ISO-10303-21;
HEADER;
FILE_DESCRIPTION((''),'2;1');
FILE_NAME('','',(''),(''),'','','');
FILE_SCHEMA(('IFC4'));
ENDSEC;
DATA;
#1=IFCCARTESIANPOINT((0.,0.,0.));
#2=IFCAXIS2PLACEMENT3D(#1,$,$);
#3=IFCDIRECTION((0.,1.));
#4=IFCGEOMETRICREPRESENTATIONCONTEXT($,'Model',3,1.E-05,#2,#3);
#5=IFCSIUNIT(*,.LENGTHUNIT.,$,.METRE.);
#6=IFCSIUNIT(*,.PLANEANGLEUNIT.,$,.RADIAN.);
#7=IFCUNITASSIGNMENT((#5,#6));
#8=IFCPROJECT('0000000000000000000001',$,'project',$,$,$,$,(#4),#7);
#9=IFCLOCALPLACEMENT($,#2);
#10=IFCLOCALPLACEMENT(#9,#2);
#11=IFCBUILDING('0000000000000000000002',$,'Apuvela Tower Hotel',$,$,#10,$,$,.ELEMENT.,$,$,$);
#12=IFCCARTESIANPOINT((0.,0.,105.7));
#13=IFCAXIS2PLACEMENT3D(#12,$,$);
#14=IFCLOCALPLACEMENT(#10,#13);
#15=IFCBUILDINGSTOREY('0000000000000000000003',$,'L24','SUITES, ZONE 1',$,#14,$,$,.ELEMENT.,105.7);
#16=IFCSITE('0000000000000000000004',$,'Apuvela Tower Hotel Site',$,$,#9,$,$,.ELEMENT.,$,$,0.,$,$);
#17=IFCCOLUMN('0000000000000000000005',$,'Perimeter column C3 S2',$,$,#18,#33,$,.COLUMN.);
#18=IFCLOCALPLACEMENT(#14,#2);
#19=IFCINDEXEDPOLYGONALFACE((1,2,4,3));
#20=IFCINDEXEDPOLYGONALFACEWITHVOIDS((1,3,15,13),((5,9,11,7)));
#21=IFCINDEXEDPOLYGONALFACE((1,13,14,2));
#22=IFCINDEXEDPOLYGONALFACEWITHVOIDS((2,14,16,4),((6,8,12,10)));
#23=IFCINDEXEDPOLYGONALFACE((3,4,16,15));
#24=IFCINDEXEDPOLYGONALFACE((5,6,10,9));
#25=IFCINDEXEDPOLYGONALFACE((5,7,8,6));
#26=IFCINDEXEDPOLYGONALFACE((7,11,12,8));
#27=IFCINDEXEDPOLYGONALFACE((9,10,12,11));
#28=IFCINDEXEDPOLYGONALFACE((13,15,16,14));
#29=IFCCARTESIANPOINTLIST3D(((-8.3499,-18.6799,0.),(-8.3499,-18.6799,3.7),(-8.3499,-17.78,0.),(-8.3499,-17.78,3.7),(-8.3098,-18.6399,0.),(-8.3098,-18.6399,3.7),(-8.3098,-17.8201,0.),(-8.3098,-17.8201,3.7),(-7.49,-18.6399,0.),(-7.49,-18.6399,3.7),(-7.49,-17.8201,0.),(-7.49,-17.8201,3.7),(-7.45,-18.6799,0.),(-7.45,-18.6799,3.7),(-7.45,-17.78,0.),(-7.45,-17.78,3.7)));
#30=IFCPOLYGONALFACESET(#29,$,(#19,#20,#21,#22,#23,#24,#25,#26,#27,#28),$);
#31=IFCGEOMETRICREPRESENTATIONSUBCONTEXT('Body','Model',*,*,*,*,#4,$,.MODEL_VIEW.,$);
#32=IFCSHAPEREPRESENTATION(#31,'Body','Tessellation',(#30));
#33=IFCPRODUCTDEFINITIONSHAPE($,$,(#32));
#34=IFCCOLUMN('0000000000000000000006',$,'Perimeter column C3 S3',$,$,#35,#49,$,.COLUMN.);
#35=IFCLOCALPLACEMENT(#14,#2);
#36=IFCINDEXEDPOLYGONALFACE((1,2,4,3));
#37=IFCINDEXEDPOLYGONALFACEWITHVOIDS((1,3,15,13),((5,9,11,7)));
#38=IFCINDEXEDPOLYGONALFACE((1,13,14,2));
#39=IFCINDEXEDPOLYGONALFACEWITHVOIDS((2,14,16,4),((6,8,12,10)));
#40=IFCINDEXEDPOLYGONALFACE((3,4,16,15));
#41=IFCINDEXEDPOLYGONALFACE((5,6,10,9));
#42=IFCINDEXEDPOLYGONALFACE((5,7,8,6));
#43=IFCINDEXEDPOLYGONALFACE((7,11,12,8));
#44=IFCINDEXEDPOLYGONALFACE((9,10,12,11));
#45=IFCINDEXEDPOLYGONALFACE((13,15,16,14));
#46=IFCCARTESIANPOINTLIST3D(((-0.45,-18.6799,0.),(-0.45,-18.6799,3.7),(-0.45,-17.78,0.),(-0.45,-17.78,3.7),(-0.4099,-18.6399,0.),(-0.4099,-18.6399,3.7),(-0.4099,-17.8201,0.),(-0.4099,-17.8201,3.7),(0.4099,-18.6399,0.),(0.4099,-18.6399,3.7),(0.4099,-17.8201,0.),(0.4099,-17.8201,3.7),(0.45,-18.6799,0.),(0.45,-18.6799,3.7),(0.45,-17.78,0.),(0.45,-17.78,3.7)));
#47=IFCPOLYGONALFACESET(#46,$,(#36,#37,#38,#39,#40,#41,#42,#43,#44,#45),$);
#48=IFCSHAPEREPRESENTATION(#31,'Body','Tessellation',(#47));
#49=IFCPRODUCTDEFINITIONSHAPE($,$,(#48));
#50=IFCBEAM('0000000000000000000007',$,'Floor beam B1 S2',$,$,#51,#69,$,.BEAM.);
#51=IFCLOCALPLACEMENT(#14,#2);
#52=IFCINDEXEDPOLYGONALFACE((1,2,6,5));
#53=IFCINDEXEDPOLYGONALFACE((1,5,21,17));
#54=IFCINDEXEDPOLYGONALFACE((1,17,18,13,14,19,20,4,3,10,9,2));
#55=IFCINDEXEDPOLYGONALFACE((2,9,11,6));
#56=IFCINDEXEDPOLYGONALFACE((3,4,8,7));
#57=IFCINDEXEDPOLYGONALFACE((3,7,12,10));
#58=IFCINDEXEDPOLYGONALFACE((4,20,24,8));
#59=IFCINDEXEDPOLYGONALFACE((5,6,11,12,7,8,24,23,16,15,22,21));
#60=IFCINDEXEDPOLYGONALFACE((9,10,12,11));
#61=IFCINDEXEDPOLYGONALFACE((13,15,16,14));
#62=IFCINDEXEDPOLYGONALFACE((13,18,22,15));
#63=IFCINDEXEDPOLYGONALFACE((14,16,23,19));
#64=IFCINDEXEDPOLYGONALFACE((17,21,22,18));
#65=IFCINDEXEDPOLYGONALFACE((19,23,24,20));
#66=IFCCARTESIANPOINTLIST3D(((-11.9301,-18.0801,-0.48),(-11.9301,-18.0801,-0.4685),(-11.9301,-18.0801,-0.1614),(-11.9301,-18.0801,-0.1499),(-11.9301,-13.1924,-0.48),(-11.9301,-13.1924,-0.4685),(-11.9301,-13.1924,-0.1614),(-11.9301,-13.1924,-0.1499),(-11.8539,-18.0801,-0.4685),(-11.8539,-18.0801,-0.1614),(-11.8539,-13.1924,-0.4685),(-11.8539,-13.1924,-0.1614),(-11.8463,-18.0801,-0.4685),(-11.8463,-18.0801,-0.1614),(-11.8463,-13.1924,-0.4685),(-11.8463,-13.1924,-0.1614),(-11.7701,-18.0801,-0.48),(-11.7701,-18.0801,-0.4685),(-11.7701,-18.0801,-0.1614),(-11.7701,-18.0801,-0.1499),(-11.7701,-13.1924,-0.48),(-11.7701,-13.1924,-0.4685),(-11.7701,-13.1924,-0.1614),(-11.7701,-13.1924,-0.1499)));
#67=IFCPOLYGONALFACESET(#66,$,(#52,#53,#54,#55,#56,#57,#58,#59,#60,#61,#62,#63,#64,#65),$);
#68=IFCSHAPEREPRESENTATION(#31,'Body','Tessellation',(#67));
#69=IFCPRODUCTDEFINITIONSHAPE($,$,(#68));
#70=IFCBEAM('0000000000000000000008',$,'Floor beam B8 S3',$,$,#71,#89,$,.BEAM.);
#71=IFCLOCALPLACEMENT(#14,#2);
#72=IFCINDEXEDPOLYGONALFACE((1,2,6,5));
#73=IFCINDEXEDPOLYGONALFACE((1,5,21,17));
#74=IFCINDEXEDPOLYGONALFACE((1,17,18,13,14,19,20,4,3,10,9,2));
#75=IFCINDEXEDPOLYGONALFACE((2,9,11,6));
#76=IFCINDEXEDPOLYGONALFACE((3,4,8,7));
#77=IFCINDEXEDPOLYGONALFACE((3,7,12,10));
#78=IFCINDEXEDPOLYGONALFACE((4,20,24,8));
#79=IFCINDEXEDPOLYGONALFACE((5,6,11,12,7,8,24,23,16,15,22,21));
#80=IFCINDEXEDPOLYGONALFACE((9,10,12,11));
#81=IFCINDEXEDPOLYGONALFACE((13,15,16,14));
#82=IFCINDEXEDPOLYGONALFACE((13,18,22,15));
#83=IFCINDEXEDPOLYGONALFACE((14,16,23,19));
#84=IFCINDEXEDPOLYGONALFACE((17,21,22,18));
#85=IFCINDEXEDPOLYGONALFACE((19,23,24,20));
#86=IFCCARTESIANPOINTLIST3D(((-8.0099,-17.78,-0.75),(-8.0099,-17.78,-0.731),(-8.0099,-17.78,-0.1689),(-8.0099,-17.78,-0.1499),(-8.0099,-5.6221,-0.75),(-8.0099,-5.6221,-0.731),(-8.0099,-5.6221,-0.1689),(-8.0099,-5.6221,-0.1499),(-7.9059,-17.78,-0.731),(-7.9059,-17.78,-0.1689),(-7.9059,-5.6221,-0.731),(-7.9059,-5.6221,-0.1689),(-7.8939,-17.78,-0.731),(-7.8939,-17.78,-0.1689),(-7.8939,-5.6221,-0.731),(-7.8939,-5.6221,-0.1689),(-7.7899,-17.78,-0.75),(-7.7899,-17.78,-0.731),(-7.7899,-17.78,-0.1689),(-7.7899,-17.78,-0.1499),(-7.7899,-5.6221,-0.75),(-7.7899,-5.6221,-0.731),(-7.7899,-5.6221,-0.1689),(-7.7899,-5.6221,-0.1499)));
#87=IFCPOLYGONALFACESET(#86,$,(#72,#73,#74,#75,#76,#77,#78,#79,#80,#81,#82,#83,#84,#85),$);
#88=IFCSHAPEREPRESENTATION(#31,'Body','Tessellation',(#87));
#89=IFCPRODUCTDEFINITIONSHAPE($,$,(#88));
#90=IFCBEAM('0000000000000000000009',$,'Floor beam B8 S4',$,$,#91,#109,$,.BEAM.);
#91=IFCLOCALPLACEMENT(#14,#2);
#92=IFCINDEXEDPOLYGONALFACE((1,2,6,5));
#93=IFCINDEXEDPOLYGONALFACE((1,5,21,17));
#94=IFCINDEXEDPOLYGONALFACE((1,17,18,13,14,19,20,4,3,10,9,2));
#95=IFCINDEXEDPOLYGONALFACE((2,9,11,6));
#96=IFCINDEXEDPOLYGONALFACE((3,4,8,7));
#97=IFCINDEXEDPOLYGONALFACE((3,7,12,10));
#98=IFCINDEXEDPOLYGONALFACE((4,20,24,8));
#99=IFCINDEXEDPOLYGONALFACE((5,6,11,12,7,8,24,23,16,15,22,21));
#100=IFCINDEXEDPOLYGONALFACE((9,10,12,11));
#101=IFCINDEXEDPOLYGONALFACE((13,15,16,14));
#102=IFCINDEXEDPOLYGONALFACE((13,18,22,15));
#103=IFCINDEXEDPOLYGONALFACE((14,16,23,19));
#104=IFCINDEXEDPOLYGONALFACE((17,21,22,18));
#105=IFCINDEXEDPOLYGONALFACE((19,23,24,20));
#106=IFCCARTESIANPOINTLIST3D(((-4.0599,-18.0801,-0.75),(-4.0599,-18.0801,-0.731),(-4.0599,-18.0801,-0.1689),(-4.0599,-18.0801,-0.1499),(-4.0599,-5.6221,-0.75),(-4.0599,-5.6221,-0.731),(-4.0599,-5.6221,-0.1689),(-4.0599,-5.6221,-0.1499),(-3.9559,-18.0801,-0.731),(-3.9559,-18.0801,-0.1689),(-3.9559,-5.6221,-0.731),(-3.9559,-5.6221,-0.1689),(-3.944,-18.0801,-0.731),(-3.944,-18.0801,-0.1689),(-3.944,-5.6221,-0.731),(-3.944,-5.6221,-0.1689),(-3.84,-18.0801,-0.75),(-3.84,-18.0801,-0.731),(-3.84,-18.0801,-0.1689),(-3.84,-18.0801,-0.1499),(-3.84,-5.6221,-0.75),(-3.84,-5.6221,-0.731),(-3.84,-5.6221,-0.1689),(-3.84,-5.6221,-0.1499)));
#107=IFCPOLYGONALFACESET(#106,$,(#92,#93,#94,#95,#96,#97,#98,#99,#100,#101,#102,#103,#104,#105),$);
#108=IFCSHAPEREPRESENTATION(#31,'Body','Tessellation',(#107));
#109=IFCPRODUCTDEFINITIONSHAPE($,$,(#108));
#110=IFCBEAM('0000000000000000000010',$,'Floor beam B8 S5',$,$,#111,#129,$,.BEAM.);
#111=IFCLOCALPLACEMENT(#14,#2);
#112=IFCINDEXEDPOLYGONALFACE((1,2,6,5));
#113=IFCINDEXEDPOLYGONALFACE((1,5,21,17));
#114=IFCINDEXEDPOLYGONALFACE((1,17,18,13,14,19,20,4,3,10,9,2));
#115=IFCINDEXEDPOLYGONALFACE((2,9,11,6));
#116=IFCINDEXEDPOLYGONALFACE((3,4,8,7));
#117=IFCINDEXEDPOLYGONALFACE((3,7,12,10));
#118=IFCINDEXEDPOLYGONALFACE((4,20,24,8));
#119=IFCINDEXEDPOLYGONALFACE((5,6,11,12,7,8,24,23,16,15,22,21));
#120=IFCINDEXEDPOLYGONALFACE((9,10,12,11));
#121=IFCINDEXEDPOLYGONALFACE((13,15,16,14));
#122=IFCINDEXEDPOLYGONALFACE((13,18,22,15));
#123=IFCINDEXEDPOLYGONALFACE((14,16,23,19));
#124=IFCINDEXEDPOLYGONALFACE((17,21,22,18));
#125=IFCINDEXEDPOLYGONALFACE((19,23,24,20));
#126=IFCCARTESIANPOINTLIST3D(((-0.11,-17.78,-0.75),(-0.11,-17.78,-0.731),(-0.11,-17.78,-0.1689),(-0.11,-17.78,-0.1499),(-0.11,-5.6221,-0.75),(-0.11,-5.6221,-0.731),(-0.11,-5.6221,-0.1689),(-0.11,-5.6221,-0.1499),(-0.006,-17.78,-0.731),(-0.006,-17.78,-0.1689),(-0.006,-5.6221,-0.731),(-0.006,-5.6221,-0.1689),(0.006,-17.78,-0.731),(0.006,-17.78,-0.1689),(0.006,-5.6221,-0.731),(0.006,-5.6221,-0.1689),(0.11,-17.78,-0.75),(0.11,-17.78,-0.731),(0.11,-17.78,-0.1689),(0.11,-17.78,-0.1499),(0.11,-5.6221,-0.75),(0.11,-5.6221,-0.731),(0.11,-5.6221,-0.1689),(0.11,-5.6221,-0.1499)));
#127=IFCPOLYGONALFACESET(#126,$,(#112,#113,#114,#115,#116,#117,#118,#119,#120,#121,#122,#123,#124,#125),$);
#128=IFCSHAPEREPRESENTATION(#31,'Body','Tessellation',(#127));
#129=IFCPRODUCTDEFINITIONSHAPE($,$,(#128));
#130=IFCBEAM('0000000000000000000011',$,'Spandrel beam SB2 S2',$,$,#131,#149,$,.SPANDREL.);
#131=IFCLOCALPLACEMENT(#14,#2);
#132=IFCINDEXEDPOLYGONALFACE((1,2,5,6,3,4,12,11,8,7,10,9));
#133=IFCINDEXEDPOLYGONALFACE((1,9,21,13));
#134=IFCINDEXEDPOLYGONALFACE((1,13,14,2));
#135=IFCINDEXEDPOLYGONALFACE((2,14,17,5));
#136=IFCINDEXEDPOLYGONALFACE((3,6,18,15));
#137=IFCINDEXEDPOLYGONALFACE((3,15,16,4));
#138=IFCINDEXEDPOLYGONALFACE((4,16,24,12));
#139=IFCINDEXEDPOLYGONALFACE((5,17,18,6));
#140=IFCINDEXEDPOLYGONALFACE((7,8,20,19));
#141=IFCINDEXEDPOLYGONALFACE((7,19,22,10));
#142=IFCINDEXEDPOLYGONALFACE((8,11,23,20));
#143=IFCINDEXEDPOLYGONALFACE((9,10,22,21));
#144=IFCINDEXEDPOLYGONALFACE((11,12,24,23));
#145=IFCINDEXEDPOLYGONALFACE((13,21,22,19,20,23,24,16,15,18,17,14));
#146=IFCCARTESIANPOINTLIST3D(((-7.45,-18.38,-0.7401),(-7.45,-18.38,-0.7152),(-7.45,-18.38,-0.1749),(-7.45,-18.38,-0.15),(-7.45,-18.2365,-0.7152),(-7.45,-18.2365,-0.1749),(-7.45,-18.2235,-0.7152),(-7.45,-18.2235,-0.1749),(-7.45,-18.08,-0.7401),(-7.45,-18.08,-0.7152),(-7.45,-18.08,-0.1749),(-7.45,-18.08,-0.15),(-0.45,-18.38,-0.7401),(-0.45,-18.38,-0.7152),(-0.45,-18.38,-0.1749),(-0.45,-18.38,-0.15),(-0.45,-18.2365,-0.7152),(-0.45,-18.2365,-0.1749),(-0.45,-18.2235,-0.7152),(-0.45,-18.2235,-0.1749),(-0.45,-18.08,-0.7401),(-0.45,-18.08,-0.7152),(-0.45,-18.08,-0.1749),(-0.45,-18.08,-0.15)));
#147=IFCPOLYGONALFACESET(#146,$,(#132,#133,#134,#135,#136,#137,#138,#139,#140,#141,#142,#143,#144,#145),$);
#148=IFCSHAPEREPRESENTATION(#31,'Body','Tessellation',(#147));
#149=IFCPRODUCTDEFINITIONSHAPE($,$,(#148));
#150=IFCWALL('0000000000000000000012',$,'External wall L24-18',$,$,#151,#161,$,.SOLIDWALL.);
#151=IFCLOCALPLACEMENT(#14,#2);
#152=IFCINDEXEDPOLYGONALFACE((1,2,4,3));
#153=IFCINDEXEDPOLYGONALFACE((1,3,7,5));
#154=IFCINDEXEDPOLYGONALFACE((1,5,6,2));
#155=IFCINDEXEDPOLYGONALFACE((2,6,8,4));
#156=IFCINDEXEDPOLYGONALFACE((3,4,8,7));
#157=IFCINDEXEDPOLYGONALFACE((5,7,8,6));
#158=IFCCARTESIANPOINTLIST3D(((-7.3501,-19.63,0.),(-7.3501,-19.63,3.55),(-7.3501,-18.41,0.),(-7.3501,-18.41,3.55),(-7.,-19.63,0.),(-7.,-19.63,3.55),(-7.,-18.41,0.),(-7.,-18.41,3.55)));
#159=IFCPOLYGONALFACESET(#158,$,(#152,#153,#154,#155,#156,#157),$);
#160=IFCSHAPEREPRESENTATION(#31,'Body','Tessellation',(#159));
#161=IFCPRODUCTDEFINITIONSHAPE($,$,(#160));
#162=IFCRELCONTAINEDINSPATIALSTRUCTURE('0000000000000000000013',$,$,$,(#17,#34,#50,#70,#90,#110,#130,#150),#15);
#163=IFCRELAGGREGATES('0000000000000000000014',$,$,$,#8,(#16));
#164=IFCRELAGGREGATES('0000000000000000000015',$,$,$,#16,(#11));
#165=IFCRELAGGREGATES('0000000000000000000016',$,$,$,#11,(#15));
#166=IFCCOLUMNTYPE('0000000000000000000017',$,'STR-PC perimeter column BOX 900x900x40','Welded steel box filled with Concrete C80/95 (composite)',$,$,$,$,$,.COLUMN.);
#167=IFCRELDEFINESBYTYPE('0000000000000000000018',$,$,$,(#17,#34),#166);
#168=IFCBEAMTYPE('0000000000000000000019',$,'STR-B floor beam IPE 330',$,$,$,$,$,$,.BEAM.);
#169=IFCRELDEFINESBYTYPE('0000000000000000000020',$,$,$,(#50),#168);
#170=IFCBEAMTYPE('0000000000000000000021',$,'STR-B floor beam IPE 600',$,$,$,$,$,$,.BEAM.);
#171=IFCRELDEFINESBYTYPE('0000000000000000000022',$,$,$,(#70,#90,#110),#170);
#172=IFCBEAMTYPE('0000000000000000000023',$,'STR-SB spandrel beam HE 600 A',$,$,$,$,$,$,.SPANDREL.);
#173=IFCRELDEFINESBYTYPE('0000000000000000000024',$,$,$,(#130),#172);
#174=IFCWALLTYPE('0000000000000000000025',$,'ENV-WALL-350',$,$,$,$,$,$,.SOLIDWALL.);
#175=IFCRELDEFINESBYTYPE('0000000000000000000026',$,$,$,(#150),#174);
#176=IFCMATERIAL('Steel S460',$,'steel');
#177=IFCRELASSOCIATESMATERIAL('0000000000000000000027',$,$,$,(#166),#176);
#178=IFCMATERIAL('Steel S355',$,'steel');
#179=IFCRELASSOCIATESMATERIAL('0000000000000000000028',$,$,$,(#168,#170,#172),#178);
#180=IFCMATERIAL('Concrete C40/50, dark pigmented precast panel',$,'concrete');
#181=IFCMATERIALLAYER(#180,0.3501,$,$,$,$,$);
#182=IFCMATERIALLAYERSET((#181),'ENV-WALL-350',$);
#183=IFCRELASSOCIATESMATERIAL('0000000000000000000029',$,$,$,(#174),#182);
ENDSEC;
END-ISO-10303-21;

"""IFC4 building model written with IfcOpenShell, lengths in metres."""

from ifc_helpers import new_model, si_unit, direction, frame, frame_2d, origin, origin_2d, place, context, subcontext, project, spatial, rectangle, hollow_rectangle, i_section, extrude, material, layer, layer_set, material_profile, profile_set, type_object, element, save


model = new_model("IFC4")

# Units and contexts
model_context = context("Model", 3, precision=1e-05, world=origin(), true_north=direction((0.0, 1.0)))
body_context = subcontext(model_context, "Body", "Model", "MODEL_VIEW")
ifc_project = project(units=[si_unit("LENGTHUNIT", "METRE"), si_unit("PLANEANGLEUNIT", "RADIAN")], contexts=[model_context])

# Site, building, storey
site_placement = place(None, origin())
site = spatial("IfcSite", under=ifc_project, at=site_placement, Name="Apuvela Tower Hotel Site", CompositionType="ELEMENT", RefElevation=0.0)
building_placement = place(site_placement, origin())
building = spatial("IfcBuilding", under=site, at=building_placement, Name="Apuvela Tower Hotel", CompositionType="ELEMENT")
storey_placement = place(building_placement, frame((0.0, 0.0, 105.7)))
storey = spatial("IfcBuildingStorey", under=building, at=storey_placement, Name="L24", Description="SUITES, ZONE 1", CompositionType="ELEMENT", Elevation=105.7)

# Columns
ifc_material_1 = material(Name="Steel S460", Category="steel")
ifc_material_profile_1 = material_profile(ifc_material_1, hollow_rectangle(XDim=0.8999, YDim=0.8999, WallThickness=0.04, at=origin_2d()), Name="BOX 900x900x40")
ifc_material_2 = material(Name="Concrete C80/95", Category="concrete")
ifc_material_profile_2 = material_profile(ifc_material_2, rectangle(XDim=0.8201, YDim=0.8201, at=origin_2d()), Name="Concrete C80/95 infill")
ifc_profile_set_1 = profile_set([ifc_material_profile_1, ifc_material_profile_2], Name="Steel S460")
column_type = type_object("IfcColumnType", Name="STR-PC perimeter column BOX 900x900x40", Description="Welded steel box filled with Concrete C80/95 (composite)", PredefinedType="COLUMN", material=ifc_profile_set_1)
for number, where, z_axis, x_axis, name in (
    (1, (-7.8999, -18.23, 0.0), (0.0, 0.0, 1.0), (-1.0, 0.0, 0.0), "Perimeter column C3 S2"),
    (2, (0.0, -18.23, 0.0), (0.0, 0.0, 1.0), (-1.0, 0.0, 0.0), "Perimeter column C3 S3"),
):
    element("IfcColumn", number, at=place(storey_placement, frame(where, z_axis=z_axis, x_axis=x_axis)), inside=storey, type_object=column_type, Name=name, PredefinedType="COLUMN", context=body_context, shape_type="SweptSolid", body=[
        extrude(hollow_rectangle(XDim=0.8999, YDim=0.8999, WallThickness=0.04, at=origin_2d()), origin(), (0.0, 0.0, 1.0), 3.7),
    ])

# Beams
ifc_material_3 = material(Name="Steel S355", Category="steel")
ifc_material_profile_3 = material_profile(ifc_material_3, i_section(OverallWidth=0.1599, OverallDepth=0.3301, WebThickness=0.0076, FlangeThickness=0.0115, at=origin_2d()), Name="IPE 330")
ifc_profile_set_2 = profile_set([ifc_material_profile_3], Name="Steel S355")
beam_type_1 = type_object("IfcBeamType", Name="STR-B floor beam IPE 330", PredefinedType="BEAM", material=ifc_profile_set_2)
beam_1_placement = place(storey_placement, frame((-11.8501, -18.0801, -0.3149), z_axis=(0.0, 1.0, 0.0), x_axis=(-1.0, 0.0, 0.0)))
element("IfcBeam", 3, at=beam_1_placement, inside=storey, type_object=beam_type_1, Name="Floor beam B1 S2", PredefinedType="BEAM", context=body_context, shape_type="SweptSolid", body=[
    extrude(i_section(OverallWidth=0.1599, OverallDepth=0.3301, WebThickness=0.0076, FlangeThickness=0.0115, at=origin_2d()), origin(), (0.0, 0.0, 1.0), 4.8877),
])
ifc_material_profile_4 = material_profile(ifc_material_3, i_section(OverallWidth=0.22, OverallDepth=0.6001, WebThickness=0.012, FlangeThickness=0.019, at=origin_2d()), Name="IPE 600")
ifc_profile_set_3 = profile_set([ifc_material_profile_4], Name="Steel S355")
beam_type_2 = type_object("IfcBeamType", Name="STR-B floor beam IPE 600", PredefinedType="BEAM", material=ifc_profile_set_3)
beam_2_placement = place(storey_placement, frame((-7.8999, -17.78, -0.45), z_axis=(0.0, 1.0, 0.0), x_axis=(-1.0, 0.0, 0.0)))
element("IfcBeam", 4, at=beam_2_placement, inside=storey, type_object=beam_type_2, Name="Floor beam B8 S3", PredefinedType="BEAM", context=body_context, shape_type="SweptSolid", body=[
    extrude(i_section(OverallWidth=0.22, OverallDepth=0.6001, WebThickness=0.012, FlangeThickness=0.019, at=origin_2d()), origin(), (0.0, 0.0, 1.0), 12.158),
])
beam_3_placement = place(storey_placement, frame((-3.95, -18.0801, -0.45), z_axis=(0.0, 1.0, 0.0), x_axis=(-1.0, 0.0, 0.0)))
element("IfcBeam", 5, at=beam_3_placement, inside=storey, type_object=beam_type_2, Name="Floor beam B8 S4", PredefinedType="BEAM", context=body_context, shape_type="SweptSolid", body=[
    extrude(i_section(OverallWidth=0.22, OverallDepth=0.6001, WebThickness=0.012, FlangeThickness=0.019, at=origin_2d()), origin(), (0.0, 0.0, 1.0), 12.458),
])
beam_4_placement = place(storey_placement, frame((0.0, -17.78, -0.45), z_axis=(0.0, 1.0, 0.0), x_axis=(-1.0, 0.0, 0.0)))
element("IfcBeam", 6, at=beam_4_placement, inside=storey, type_object=beam_type_2, Name="Floor beam B8 S5", PredefinedType="BEAM", context=body_context, shape_type="SweptSolid", body=[
    extrude(i_section(OverallWidth=0.22, OverallDepth=0.6001, WebThickness=0.012, FlangeThickness=0.019, at=origin_2d()), origin(), (0.0, 0.0, 1.0), 12.158),
])
ifc_material_profile_5 = material_profile(ifc_material_3, i_section(OverallWidth=0.3, OverallDepth=0.5901, WebThickness=0.0129, FlangeThickness=0.0249, at=origin_2d()), Name="HE 600 A")
ifc_profile_set_4 = profile_set([ifc_material_profile_5], Name="Steel S355")
beam_type_3 = type_object("IfcBeamType", Name="STR-SB spandrel beam HE 600 A", PredefinedType="SPANDREL", material=ifc_profile_set_4)
beam_5_placement = place(storey_placement, frame((-7.45, -18.23, -0.4451), z_axis=(1.0, 0.0, 0.0), x_axis=(0.0, 1.0, 0.0)))
element("IfcBeam", 7, at=beam_5_placement, inside=storey, type_object=beam_type_3, Name="Spandrel beam SB2 S2", PredefinedType="SPANDREL", context=body_context, shape_type="SweptSolid", body=[
    extrude(i_section(OverallWidth=0.3, OverallDepth=0.5901, WebThickness=0.0129, FlangeThickness=0.0249, at=origin_2d()), origin(), (0.0, 0.0, 1.0), 7.0),
])

# Wall
ifc_material_4 = material(Name="Concrete C40/50, dark pigmented precast panel", Category="concrete")
ifc_layer_1 = layer(ifc_material_4, 0.3501)
ifc_layer_set_1 = layer_set([ifc_layer_1], Name="ENV-WALL-350")
wall_type_1 = type_object("IfcWallType", Name="ENV-WALL-350", PredefinedType="SOLIDWALL", material=ifc_layer_set_1)
wall_1_placement = place(storey_placement, frame((-7.175, -19.6299, 0.0), z_axis=(0.0, 0.0, 1.0), x_axis=(0.0, 1.0, 0.0)))
element("IfcWall", 8, at=wall_1_placement, inside=storey, type_object=wall_type_1, Name="External wall L24-18", PredefinedType="SOLIDWALL", context=body_context, shape_type="SweptSolid", body=[
    extrude(rectangle(XDim=1.22, YDim=0.3501, at=frame_2d((0.6099, 0.0))), origin(), (0.0, 0.0, 1.0), 3.55),
])

save(model, "model.ifc")
